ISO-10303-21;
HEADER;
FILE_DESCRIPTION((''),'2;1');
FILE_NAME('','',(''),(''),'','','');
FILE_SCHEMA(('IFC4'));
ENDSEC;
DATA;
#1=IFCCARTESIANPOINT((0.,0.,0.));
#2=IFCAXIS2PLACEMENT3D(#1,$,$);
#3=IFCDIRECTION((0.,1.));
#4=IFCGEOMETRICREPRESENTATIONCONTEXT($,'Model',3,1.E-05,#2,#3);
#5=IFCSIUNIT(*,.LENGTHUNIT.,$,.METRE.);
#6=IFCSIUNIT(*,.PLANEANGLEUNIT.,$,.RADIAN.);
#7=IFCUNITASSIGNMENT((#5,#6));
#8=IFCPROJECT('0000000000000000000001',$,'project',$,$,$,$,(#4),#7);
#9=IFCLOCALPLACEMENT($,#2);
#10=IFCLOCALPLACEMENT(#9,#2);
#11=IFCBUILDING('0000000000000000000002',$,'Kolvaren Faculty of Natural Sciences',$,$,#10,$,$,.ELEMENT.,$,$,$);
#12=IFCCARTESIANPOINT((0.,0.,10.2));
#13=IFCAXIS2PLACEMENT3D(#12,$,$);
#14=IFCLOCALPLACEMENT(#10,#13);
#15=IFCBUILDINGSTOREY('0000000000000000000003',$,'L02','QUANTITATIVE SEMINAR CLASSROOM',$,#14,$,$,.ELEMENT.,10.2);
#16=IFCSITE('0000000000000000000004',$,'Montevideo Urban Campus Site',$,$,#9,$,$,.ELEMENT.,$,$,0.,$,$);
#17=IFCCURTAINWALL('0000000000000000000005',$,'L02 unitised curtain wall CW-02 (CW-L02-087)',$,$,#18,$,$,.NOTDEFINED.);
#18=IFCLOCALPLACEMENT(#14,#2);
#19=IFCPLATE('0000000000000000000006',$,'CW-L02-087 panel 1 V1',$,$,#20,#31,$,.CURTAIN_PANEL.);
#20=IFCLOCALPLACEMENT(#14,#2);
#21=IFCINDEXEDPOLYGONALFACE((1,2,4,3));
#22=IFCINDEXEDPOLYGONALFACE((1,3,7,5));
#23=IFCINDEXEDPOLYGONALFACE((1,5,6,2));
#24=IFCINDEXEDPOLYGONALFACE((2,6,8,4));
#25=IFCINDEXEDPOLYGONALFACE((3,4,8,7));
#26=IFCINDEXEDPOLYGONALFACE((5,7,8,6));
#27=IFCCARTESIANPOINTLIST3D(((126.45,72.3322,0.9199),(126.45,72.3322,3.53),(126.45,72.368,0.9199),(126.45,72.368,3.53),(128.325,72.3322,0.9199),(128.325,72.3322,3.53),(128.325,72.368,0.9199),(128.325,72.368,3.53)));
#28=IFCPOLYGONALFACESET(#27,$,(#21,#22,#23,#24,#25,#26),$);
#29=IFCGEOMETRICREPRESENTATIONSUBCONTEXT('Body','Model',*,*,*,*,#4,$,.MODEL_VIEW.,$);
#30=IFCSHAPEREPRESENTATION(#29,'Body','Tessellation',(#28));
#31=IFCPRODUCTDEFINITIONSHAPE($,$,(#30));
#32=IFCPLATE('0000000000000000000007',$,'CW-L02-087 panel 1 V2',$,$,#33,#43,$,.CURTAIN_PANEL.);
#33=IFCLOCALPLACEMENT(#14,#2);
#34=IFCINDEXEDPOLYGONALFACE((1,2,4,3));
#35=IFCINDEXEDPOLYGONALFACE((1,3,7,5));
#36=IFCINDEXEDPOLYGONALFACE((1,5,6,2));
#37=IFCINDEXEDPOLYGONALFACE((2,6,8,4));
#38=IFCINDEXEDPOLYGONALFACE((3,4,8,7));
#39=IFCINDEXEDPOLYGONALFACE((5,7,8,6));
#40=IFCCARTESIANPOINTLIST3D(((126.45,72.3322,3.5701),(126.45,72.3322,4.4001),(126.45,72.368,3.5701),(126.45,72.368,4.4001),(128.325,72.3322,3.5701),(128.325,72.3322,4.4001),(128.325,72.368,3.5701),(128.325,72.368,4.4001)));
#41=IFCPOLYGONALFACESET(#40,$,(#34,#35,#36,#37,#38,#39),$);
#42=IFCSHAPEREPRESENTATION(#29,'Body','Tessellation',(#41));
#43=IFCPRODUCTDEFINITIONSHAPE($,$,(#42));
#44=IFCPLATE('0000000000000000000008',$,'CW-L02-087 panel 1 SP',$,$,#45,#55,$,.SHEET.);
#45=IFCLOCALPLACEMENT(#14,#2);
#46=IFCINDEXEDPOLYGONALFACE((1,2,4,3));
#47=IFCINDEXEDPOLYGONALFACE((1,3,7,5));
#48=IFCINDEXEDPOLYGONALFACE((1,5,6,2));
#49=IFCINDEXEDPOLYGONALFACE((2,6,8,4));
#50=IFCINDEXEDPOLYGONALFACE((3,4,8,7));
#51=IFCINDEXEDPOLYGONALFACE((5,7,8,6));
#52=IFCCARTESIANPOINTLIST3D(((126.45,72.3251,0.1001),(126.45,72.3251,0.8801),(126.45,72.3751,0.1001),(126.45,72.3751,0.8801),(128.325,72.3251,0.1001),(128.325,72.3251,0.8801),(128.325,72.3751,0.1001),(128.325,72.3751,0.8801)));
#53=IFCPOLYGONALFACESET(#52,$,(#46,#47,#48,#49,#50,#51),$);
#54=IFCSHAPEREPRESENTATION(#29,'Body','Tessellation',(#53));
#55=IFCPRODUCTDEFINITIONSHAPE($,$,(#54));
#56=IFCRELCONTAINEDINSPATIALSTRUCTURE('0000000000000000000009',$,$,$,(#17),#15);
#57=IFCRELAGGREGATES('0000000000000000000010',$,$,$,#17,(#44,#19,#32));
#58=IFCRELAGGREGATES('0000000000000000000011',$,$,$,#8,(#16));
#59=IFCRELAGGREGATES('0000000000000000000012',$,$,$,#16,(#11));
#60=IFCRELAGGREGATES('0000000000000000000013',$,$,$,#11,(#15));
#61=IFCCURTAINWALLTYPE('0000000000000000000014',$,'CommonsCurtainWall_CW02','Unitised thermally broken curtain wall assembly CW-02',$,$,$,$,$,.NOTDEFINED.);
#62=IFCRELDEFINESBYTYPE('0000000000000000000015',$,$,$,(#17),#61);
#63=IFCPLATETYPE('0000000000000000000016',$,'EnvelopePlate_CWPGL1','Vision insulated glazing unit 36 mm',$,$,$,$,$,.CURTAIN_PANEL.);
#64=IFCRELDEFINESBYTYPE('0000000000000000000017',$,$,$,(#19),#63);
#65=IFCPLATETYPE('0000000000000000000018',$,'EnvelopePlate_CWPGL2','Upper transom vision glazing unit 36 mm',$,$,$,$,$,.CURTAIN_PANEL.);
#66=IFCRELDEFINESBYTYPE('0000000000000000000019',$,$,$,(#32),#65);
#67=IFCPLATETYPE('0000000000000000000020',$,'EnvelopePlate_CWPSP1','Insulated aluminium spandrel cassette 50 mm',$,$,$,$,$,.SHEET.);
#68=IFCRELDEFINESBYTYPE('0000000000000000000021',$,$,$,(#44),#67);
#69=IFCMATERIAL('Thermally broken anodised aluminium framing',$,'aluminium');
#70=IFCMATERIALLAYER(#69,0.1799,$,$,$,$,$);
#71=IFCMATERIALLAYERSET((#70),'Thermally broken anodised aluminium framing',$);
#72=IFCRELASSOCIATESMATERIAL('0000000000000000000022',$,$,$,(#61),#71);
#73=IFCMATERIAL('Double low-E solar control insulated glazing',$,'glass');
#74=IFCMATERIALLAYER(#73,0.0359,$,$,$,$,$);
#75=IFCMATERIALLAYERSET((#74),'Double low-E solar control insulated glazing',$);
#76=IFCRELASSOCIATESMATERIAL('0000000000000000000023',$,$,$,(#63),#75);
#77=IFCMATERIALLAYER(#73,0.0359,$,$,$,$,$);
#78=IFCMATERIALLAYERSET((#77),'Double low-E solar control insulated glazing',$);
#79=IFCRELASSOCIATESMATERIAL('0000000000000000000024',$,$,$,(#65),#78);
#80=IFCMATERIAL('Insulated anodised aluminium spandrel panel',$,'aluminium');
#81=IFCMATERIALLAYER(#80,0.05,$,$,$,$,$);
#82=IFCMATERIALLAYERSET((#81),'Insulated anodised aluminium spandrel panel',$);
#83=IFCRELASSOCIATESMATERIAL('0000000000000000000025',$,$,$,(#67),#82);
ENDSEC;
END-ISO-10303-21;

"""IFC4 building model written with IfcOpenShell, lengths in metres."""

from ifc_helpers import new_model, si_unit, direction, frame, origin, origin_2d, place, context, subcontext, project, spatial, rectangle, extrude, material, layer, layer_set, type_object, element, aggregate, save


model = new_model("IFC4")

# Units and contexts
model_context = context("Model", 3, precision=1e-05, world=origin(), true_north=direction((0.0, 1.0)))
body_context = subcontext(model_context, "Body", "Model", "MODEL_VIEW")
ifc_project = project(units=[si_unit("LENGTHUNIT", "METRE"), si_unit("PLANEANGLEUNIT", "RADIAN")], contexts=[model_context])

# Site, building, storey
site_placement = place(None, origin())
site = spatial("IfcSite", under=ifc_project, at=site_placement, Name="Montevideo Urban Campus Site", CompositionType="ELEMENT", RefElevation=0.0)
building_placement = place(site_placement, origin())
building = spatial("IfcBuilding", under=site, at=building_placement, Name="Kolvaren Faculty of Natural Sciences", CompositionType="ELEMENT")
storey_placement = place(building_placement, frame((0.0, 0.0, 10.2)))
storey = spatial("IfcBuildingStorey", under=building, at=storey_placement, Name="L02", Description="QUANTITATIVE SEMINAR CLASSROOM", CompositionType="ELEMENT", Elevation=10.2)

# Curtain wall
ifc_material_1 = material(Name="Thermally broken anodised aluminium framing", Category="aluminium")
ifc_layer_1 = layer(ifc_material_1, 0.1799)
ifc_layer_set_1 = layer_set([ifc_layer_1], Name="Thermally broken anodised aluminium framing")
curtain_wall_type = type_object("IfcCurtainWallType", Name="CommonsCurtainWall_CW02", Description="Unitised thermally broken curtain wall assembly CW-02", PredefinedType="NOTDEFINED", material=ifc_layer_set_1)
curtain_wall_placement = place(storey_placement, origin())
curtain_wall = element("IfcCurtainWall", 1, at=curtain_wall_placement, inside=storey, type_object=curtain_wall_type, Name="L02 unitised curtain wall CW-02 (CW-L02-087)", PredefinedType="NOTDEFINED")

# Plates
ifc_material_2 = material(Name="Double low-E solar control insulated glazing", Category="glass")
ifc_layer_2 = layer(ifc_material_2, 0.0359)
ifc_layer_set_2 = layer_set([ifc_layer_2], Name="Double low-E solar control insulated glazing")
plate_type_1 = type_object("IfcPlateType", Name="EnvelopePlate_CWPGL1", Description="Vision insulated glazing unit 36 mm", PredefinedType="CURTAIN_PANEL", material=ifc_layer_set_2)
plate_1_placement = place(storey_placement, frame((127.3875, 72.3501, 0.9199), z_axis=(0.0, 0.0, 1.0), x_axis=(-1.0, 0.0, 0.0)))
plate_1 = element("IfcPlate", 2, at=plate_1_placement, type_object=plate_type_1, Name="CW-L02-087 panel 1 V1", PredefinedType="CURTAIN_PANEL", context=body_context, shape_type="SweptSolid", body=[
    extrude(rectangle(XDim=1.875, YDim=0.0359, at=origin_2d()), origin(), (0.0, 0.0, 1.0), 2.6101),
])
ifc_layer_3 = layer(ifc_material_2, 0.0359)
ifc_layer_set_3 = layer_set([ifc_layer_3], Name="Double low-E solar control insulated glazing")
plate_type_2 = type_object("IfcPlateType", Name="EnvelopePlate_CWPGL2", Description="Upper transom vision glazing unit 36 mm", PredefinedType="CURTAIN_PANEL", material=ifc_layer_set_3)
plate_2_placement = place(storey_placement, frame((127.3875, 72.3501, 3.5701), z_axis=(0.0, 0.0, 1.0), x_axis=(-1.0, 0.0, 0.0)))
plate_2 = element("IfcPlate", 3, at=plate_2_placement, type_object=plate_type_2, Name="CW-L02-087 panel 1 V2", PredefinedType="CURTAIN_PANEL", context=body_context, shape_type="SweptSolid", body=[
    extrude(rectangle(XDim=1.875, YDim=0.0359, at=origin_2d()), origin(), (0.0, 0.0, 1.0), 0.8301),
])
ifc_material_3 = material(Name="Insulated anodised aluminium spandrel panel", Category="aluminium")
ifc_layer_4 = layer(ifc_material_3, 0.05)
ifc_layer_set_4 = layer_set([ifc_layer_4], Name="Insulated anodised aluminium spandrel panel")
plate_type_3 = type_object("IfcPlateType", Name="EnvelopePlate_CWPSP1", Description="Insulated aluminium spandrel cassette 50 mm", PredefinedType="SHEET", material=ifc_layer_set_4)
plate_3_placement = place(storey_placement, frame((127.3875, 72.3501, 0.1001), z_axis=(0.0, 0.0, 1.0), x_axis=(-1.0, 0.0, 0.0)))
plate_3 = element("IfcPlate", 4, at=plate_3_placement, type_object=plate_type_3, Name="CW-L02-087 panel 1 SP", PredefinedType="SHEET", context=body_context, shape_type="SweptSolid", body=[
    extrude(rectangle(XDim=1.875, YDim=0.05, at=origin_2d()), origin(), (0.0, 0.0, 1.0), 0.78),
])
aggregate(curtain_wall, [plate_3, plate_1, plate_2])

save(model, "model.ifc")
